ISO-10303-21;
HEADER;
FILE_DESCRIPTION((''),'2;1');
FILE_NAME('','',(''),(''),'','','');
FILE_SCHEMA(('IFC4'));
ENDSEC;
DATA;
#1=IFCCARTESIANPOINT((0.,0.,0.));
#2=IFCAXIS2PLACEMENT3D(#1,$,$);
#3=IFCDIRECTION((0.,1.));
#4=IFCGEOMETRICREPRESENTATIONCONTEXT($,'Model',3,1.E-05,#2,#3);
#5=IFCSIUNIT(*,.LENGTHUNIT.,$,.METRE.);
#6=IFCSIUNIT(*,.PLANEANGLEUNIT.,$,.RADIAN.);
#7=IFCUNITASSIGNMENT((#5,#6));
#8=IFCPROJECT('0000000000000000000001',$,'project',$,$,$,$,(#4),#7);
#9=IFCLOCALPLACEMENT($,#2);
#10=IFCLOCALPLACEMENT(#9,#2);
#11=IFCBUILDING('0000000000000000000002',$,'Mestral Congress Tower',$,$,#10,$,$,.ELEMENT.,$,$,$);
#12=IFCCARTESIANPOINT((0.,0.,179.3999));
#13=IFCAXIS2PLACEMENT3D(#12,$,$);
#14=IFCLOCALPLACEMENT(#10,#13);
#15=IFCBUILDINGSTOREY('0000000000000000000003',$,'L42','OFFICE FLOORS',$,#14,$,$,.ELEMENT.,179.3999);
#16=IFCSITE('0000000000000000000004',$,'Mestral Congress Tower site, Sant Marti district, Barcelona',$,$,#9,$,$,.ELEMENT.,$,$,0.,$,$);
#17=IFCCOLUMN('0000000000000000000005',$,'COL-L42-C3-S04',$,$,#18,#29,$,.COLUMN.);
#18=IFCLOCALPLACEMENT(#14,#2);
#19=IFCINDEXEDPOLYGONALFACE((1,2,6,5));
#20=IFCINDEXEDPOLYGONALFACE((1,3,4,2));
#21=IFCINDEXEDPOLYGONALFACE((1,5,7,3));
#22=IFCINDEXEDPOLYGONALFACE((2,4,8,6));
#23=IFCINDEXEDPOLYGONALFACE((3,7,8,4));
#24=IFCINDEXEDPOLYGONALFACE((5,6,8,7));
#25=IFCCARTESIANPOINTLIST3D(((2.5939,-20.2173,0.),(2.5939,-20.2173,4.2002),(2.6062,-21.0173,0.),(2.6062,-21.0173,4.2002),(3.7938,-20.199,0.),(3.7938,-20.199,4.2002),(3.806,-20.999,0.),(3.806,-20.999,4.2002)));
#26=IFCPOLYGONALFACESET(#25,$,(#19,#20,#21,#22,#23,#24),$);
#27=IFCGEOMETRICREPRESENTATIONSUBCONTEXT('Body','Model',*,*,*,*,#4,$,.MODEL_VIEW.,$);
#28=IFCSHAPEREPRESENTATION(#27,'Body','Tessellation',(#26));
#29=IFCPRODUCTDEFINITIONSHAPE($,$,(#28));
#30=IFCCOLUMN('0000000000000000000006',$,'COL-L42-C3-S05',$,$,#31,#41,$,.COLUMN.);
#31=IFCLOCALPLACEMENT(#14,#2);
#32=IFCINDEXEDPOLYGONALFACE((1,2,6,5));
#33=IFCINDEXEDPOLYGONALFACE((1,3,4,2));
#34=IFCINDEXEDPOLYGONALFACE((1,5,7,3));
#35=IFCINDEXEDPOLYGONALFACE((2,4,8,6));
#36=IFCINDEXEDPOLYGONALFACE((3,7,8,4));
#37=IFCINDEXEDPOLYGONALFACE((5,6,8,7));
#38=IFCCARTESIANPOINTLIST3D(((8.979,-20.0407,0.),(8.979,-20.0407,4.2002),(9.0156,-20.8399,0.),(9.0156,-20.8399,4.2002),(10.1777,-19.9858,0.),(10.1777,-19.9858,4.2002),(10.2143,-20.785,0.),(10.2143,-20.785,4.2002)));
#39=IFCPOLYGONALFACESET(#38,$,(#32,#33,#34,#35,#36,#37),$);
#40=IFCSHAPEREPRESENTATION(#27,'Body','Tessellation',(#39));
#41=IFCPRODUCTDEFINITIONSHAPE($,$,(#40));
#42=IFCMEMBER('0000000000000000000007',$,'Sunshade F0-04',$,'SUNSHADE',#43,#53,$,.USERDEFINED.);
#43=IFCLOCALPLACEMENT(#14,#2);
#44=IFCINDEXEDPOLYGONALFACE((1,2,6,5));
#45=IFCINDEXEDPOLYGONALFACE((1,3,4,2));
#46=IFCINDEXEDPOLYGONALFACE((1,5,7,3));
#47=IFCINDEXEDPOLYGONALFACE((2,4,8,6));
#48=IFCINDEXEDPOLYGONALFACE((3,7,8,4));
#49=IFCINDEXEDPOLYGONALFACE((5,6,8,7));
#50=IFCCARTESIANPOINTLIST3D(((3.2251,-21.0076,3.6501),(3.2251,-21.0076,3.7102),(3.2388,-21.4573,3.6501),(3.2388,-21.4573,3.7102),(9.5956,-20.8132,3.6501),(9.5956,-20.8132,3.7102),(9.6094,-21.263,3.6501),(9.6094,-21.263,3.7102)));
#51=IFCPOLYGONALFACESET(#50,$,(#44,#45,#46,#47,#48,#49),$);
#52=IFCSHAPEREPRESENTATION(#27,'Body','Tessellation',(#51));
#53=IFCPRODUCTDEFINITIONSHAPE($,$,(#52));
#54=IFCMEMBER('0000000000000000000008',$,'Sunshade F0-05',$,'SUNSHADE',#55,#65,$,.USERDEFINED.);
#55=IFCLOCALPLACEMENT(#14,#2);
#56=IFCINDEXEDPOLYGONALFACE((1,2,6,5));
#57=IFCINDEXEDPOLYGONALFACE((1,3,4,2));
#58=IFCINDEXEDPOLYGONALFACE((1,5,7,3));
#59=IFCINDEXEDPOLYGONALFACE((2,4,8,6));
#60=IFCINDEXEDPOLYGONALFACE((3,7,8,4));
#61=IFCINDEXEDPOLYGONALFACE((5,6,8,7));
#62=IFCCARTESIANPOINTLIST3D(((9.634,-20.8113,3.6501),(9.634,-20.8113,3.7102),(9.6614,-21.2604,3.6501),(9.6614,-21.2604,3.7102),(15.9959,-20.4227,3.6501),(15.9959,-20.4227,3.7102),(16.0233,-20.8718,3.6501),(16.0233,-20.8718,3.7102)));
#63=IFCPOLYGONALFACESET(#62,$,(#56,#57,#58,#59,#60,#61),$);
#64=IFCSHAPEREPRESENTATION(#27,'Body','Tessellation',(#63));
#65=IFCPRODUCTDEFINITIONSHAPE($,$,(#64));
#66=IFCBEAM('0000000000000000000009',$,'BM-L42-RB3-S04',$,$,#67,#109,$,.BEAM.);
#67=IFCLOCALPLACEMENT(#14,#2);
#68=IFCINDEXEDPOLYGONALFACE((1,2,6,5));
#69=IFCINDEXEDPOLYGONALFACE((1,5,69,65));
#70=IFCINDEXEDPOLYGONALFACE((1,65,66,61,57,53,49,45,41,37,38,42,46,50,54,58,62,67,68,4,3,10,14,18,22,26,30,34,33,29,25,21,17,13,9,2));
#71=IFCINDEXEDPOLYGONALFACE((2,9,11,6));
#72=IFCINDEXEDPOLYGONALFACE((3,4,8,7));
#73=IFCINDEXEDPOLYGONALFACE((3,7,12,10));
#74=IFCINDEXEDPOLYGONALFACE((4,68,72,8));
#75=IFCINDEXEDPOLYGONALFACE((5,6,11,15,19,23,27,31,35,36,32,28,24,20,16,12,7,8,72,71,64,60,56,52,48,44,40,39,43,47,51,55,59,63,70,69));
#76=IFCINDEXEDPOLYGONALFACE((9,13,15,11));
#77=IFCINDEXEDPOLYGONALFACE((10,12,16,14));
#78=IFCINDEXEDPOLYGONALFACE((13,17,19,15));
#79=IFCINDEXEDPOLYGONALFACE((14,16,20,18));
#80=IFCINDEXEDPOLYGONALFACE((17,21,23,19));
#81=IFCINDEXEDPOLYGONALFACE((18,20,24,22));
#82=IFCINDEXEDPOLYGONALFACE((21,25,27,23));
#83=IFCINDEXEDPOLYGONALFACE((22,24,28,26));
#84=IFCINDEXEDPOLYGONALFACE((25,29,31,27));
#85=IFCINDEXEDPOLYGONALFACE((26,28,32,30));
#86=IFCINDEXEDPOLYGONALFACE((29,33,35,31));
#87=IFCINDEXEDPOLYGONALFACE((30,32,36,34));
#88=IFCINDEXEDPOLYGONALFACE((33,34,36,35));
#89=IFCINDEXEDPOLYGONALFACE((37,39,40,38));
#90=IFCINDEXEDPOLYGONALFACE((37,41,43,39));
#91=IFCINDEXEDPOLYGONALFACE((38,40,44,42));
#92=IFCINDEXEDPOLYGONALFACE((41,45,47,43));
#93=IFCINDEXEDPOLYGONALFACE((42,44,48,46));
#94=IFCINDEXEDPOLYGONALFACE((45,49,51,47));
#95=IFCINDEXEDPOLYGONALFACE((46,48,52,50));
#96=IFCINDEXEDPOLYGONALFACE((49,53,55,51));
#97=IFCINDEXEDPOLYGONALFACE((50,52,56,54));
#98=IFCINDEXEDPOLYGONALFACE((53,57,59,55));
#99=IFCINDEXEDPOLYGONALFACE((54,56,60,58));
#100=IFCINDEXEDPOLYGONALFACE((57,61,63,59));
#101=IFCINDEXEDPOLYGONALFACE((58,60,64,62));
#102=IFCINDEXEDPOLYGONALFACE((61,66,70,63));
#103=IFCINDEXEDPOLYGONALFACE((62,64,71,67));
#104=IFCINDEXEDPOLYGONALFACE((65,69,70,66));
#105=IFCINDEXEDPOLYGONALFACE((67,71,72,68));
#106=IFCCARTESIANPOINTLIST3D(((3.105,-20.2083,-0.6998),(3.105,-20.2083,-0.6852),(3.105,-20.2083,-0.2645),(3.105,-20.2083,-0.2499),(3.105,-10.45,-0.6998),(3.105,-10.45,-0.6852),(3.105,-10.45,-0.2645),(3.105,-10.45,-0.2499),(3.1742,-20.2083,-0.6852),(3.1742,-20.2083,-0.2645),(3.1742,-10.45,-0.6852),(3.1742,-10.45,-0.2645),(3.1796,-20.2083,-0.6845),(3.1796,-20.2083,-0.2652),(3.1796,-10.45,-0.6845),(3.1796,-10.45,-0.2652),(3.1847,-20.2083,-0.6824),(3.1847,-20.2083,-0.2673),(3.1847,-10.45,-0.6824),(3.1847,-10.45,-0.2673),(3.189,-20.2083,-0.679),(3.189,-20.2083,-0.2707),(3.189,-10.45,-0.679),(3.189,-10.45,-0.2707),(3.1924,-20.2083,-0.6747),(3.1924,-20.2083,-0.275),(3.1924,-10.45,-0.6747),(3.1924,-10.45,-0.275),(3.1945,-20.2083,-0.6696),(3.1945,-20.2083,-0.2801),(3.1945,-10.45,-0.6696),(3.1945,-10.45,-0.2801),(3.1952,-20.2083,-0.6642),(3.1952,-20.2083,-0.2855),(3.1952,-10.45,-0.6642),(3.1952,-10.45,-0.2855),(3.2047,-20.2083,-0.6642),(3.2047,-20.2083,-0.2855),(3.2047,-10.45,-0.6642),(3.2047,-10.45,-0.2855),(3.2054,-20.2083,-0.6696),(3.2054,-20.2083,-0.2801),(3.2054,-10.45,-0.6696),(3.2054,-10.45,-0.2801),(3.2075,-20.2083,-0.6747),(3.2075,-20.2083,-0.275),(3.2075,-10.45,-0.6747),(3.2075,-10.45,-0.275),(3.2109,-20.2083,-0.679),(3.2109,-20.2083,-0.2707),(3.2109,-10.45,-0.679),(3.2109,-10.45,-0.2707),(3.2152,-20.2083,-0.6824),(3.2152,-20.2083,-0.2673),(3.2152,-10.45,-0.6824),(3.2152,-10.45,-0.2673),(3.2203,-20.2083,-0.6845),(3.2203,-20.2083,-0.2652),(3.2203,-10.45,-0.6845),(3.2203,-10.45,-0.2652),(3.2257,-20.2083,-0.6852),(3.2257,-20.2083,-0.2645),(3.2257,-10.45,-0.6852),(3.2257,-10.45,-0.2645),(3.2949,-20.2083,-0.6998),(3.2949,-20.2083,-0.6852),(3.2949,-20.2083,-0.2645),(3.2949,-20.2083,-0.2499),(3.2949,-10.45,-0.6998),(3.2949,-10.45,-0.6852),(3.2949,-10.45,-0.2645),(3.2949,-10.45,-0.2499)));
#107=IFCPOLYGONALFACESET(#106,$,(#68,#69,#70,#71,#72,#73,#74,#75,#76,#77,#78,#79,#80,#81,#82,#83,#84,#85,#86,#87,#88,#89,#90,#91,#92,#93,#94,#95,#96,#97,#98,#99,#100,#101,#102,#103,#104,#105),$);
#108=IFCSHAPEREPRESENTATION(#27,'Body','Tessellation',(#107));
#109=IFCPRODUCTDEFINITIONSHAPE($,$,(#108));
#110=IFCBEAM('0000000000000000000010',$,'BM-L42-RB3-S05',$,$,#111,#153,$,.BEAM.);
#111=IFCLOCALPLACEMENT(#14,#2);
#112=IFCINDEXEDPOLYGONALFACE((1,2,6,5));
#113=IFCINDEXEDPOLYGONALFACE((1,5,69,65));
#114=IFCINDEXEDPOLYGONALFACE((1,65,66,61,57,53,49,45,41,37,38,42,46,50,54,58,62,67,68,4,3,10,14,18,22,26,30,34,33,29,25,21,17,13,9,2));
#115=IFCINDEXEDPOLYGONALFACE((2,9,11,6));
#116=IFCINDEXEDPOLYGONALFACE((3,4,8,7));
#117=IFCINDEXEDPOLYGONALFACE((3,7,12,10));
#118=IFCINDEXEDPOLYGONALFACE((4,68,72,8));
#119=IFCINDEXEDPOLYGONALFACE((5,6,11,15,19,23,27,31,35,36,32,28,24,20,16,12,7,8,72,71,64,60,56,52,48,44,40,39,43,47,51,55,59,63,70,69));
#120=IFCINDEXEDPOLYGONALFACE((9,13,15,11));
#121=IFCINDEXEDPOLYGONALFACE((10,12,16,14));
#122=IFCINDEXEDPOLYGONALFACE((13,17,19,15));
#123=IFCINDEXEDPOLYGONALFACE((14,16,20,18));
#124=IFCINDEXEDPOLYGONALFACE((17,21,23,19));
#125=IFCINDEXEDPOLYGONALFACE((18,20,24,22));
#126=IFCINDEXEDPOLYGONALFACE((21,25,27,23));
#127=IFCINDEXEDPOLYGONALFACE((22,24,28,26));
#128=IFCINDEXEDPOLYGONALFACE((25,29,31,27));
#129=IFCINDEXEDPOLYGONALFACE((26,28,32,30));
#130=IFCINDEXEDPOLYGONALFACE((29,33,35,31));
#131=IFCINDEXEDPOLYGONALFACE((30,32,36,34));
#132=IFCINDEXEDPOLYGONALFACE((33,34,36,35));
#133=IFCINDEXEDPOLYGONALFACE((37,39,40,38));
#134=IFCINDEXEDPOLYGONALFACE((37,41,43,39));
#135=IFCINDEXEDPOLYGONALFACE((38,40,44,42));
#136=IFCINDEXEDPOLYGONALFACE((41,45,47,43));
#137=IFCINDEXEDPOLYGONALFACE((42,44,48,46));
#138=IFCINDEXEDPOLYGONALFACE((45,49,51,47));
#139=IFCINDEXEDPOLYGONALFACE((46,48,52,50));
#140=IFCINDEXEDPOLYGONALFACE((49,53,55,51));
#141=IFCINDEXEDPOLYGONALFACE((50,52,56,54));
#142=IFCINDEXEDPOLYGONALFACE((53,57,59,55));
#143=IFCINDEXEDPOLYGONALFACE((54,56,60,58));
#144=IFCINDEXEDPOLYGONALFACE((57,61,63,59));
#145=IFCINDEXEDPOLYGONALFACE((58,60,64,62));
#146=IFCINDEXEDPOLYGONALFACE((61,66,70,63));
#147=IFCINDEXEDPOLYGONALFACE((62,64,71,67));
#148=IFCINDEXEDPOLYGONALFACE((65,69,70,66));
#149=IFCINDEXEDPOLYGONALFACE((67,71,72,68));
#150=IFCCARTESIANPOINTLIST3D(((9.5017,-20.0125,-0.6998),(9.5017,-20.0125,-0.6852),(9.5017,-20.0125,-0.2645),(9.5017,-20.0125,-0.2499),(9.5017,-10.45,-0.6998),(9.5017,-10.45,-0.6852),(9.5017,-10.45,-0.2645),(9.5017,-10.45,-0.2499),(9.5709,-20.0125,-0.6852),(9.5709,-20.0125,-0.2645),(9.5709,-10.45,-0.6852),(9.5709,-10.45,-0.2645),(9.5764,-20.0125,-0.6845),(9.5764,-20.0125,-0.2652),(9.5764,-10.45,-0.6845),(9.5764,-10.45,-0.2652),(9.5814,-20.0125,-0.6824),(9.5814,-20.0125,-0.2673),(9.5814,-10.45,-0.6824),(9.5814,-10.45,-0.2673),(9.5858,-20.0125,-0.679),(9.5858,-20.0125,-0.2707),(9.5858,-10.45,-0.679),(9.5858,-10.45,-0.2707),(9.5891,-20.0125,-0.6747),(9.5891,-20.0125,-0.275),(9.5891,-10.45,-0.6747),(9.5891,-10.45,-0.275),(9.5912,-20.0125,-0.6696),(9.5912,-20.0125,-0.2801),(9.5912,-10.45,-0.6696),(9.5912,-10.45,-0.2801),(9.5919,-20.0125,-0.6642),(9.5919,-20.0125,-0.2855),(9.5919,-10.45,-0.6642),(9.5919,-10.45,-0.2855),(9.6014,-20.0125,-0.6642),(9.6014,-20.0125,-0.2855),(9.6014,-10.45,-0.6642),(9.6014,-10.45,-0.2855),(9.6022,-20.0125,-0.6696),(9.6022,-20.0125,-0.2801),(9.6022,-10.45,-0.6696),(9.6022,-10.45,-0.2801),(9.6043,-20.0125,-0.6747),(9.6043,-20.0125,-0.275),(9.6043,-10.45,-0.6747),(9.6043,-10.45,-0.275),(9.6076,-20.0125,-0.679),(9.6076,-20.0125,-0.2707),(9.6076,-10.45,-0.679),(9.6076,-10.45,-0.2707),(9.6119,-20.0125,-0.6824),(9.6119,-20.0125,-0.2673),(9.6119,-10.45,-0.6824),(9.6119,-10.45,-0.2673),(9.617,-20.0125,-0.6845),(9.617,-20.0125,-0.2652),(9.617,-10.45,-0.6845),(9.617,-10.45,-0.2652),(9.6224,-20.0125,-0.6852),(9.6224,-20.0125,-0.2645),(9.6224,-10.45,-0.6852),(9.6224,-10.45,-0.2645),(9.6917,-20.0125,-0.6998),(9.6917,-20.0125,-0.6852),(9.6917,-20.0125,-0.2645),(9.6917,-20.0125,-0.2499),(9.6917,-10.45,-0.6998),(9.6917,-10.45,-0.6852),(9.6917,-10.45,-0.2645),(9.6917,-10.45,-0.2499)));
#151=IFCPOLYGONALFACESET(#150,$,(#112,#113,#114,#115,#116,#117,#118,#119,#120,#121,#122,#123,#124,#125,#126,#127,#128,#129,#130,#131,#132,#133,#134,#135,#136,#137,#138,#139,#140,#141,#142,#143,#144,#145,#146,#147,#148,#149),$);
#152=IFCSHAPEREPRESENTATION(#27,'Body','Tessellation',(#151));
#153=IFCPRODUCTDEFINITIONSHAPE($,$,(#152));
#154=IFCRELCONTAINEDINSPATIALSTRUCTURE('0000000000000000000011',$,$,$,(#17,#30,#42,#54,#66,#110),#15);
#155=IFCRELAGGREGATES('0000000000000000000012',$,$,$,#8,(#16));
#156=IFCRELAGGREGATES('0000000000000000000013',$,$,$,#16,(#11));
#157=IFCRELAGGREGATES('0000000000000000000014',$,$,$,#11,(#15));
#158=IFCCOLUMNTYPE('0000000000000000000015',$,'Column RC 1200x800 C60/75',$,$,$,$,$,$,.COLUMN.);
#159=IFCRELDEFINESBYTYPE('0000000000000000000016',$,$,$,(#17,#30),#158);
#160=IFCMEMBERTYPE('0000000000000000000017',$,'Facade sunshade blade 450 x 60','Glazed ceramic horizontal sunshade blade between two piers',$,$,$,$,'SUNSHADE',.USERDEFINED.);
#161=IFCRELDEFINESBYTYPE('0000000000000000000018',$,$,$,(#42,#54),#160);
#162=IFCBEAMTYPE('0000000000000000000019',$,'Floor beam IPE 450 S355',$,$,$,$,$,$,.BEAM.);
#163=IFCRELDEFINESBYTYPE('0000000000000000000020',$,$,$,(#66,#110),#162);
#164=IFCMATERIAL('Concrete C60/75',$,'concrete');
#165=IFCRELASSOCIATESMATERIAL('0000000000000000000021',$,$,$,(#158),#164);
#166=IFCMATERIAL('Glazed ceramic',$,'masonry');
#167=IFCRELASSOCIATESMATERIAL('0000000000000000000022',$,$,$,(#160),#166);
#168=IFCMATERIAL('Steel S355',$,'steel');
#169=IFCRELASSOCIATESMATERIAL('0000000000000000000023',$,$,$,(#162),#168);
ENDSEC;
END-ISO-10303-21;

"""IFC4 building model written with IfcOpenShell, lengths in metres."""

from ifc_helpers import new_model, si_unit, direction, frame, origin, origin_2d, place, context, subcontext, project, spatial, rectangle, i_section, extrude, material, material_profile, profile_set, type_object, element, save


model = new_model("IFC4")

# Units and contexts
model_context = context("Model", 3, precision=1e-05, world=origin(), true_north=direction((0.0, 1.0)))
body_context = subcontext(model_context, "Body", "Model", "MODEL_VIEW")
ifc_project = project(units=[si_unit("LENGTHUNIT", "METRE"), si_unit("PLANEANGLEUNIT", "RADIAN")], contexts=[model_context])

# Site, building, storey
site_placement = place(None, origin())
site = spatial("IfcSite", under=ifc_project, at=site_placement, Name="Mestral Congress Tower site, Sant Marti district, Barcelona", CompositionType="ELEMENT", RefElevation=0.0)
building_placement = place(site_placement, origin())
building = spatial("IfcBuilding", under=site, at=building_placement, Name="Mestral Congress Tower", CompositionType="ELEMENT")
storey_placement = place(building_placement, frame((0.0, 0.0, 179.3999)))
storey = spatial("IfcBuildingStorey", under=building, at=storey_placement, Name="L42", Description="OFFICE FLOORS", CompositionType="ELEMENT", Elevation=179.3999)

# Columns
ifc_material_1 = material(Name="Concrete C60/75", Category="concrete")
ifc_material_profile_1 = material_profile(ifc_material_1, rectangle(XDim=1.2, YDim=0.8, at=origin_2d()), Name="RC 1200x800")
ifc_profile_set_1 = profile_set([ifc_material_profile_1], Name="Concrete C60/75")
column_type = type_object("IfcColumnType", Name="Column RC 1200x800 C60/75", PredefinedType="COLUMN", material=ifc_profile_set_1)
for number, where, z_axis, x_axis, name in (
    (1, (3.2, -20.6082, 0.0), (0.0, 0.0, 1.0), (0.999884, 0.015262, 0.0), "COL-L42-C3-S04"),
    (2, (9.5967, -20.4128, 0.0), (0.0, 0.0, 1.0), (0.998952, 0.045771, 0.0), "COL-L42-C3-S05"),
):
    element("IfcColumn", number, at=place(storey_placement, frame(where, z_axis=z_axis, x_axis=x_axis)), inside=storey, type_object=column_type, Name=name, PredefinedType="COLUMN", context=body_context, shape_type="SweptSolid", body=[
        extrude(rectangle(XDim=1.2, YDim=0.8, at=origin_2d()), origin(), (0.0, 0.0, 1.0), 4.2002),
    ])

# Members
ifc_material_2 = material(Name="Glazed ceramic", Category="masonry")
ifc_material_profile_2 = material_profile(ifc_material_2, rectangle(XDim=0.45, YDim=0.0601, at=origin_2d()), Name="Ceramic blade 450 x 60")
ifc_profile_set_2 = profile_set([ifc_material_profile_2], Name="Glazed ceramic")
member_type = type_object("IfcMemberType", Name="Facade sunshade blade 450 x 60", Description="Glazed ceramic horizontal sunshade blade between two piers", ElementType="SUNSHADE", PredefinedType="USERDEFINED", material=ifc_profile_set_2)
member_1_placement = place(storey_placement, frame((3.2319, -21.2324, 3.6802), z_axis=(0.999535, 0.030491, 0.0), x_axis=(-0.030491, 0.999535, 0.0)))
element("IfcMember", 3, at=member_1_placement, inside=storey, type_object=member_type, Name="Sunshade F0-04", ObjectType="SUNSHADE", PredefinedType="USERDEFINED", context=body_context, shape_type="SweptSolid", body=[
    extrude(rectangle(XDim=0.45, YDim=0.0601, at=origin_2d()), origin(), (0.0, 0.0, 1.0), 6.3735),
])
member_2_placement = place(storey_placement, frame((9.6477, -21.0359, 3.6802), z_axis=(0.998139, 0.060981, 0.0), x_axis=(-0.060981, 0.998139, 0.0)))
element("IfcMember", 4, at=member_2_placement, inside=storey, type_object=member_type, Name="Sunshade F0-05", ObjectType="SUNSHADE", PredefinedType="USERDEFINED", context=body_context, shape_type="SweptSolid", body=[
    extrude(rectangle(XDim=0.45, YDim=0.0601, at=origin_2d()), origin(), (0.0, 0.0, 1.0), 6.3738),
])

# Beams
ifc_material_3 = material(Name="Steel S355", Category="steel")
ifc_material_profile_3 = material_profile(ifc_material_3, i_section(OverallWidth=0.1899, OverallDepth=0.45, WebThickness=0.0095, FlangeThickness=0.0146, FilletRadius=0.021, at=origin_2d()), Name="IPE 450")
ifc_profile_set_3 = profile_set([ifc_material_profile_3], Name="Steel S355")
beam_type_1 = type_object("IfcBeamType", Name="Floor beam IPE 450 S355", PredefinedType="BEAM", material=ifc_profile_set_3)
beam_1_placement = place(storey_placement, frame((3.2, -20.2083, -0.4749), z_axis=(0.0, 1.0, 0.0), x_axis=(-1.0, 0.0, 0.0)))
element("IfcBeam", 5, at=beam_1_placement, inside=storey, type_object=beam_type_1, Name="BM-L42-RB3-S04", PredefinedType="BEAM", context=body_context, shape_type="SweptSolid", body=[
    extrude(i_section(OverallWidth=0.1899, OverallDepth=0.45, WebThickness=0.0095, FlangeThickness=0.0146, FilletRadius=0.021, at=origin_2d()), origin(), (0.0, 0.0, 1.0), 9.7583),
])
beam_2_placement = place(storey_placement, frame((9.5967, -20.0125, -0.4749), z_axis=(0.0, 1.0, 0.0), x_axis=(-1.0, 0.0, 0.0)))
element("IfcBeam", 6, at=beam_2_placement, inside=storey, type_object=beam_type_1, Name="BM-L42-RB3-S05", PredefinedType="BEAM", context=body_context, shape_type="SweptSolid", body=[
    extrude(i_section(OverallWidth=0.1899, OverallDepth=0.45, WebThickness=0.0095, FlangeThickness=0.0146, FilletRadius=0.021, at=origin_2d()), origin(), (0.0, 0.0, 1.0), 9.5625),
])

save(model, "model.ifc")
